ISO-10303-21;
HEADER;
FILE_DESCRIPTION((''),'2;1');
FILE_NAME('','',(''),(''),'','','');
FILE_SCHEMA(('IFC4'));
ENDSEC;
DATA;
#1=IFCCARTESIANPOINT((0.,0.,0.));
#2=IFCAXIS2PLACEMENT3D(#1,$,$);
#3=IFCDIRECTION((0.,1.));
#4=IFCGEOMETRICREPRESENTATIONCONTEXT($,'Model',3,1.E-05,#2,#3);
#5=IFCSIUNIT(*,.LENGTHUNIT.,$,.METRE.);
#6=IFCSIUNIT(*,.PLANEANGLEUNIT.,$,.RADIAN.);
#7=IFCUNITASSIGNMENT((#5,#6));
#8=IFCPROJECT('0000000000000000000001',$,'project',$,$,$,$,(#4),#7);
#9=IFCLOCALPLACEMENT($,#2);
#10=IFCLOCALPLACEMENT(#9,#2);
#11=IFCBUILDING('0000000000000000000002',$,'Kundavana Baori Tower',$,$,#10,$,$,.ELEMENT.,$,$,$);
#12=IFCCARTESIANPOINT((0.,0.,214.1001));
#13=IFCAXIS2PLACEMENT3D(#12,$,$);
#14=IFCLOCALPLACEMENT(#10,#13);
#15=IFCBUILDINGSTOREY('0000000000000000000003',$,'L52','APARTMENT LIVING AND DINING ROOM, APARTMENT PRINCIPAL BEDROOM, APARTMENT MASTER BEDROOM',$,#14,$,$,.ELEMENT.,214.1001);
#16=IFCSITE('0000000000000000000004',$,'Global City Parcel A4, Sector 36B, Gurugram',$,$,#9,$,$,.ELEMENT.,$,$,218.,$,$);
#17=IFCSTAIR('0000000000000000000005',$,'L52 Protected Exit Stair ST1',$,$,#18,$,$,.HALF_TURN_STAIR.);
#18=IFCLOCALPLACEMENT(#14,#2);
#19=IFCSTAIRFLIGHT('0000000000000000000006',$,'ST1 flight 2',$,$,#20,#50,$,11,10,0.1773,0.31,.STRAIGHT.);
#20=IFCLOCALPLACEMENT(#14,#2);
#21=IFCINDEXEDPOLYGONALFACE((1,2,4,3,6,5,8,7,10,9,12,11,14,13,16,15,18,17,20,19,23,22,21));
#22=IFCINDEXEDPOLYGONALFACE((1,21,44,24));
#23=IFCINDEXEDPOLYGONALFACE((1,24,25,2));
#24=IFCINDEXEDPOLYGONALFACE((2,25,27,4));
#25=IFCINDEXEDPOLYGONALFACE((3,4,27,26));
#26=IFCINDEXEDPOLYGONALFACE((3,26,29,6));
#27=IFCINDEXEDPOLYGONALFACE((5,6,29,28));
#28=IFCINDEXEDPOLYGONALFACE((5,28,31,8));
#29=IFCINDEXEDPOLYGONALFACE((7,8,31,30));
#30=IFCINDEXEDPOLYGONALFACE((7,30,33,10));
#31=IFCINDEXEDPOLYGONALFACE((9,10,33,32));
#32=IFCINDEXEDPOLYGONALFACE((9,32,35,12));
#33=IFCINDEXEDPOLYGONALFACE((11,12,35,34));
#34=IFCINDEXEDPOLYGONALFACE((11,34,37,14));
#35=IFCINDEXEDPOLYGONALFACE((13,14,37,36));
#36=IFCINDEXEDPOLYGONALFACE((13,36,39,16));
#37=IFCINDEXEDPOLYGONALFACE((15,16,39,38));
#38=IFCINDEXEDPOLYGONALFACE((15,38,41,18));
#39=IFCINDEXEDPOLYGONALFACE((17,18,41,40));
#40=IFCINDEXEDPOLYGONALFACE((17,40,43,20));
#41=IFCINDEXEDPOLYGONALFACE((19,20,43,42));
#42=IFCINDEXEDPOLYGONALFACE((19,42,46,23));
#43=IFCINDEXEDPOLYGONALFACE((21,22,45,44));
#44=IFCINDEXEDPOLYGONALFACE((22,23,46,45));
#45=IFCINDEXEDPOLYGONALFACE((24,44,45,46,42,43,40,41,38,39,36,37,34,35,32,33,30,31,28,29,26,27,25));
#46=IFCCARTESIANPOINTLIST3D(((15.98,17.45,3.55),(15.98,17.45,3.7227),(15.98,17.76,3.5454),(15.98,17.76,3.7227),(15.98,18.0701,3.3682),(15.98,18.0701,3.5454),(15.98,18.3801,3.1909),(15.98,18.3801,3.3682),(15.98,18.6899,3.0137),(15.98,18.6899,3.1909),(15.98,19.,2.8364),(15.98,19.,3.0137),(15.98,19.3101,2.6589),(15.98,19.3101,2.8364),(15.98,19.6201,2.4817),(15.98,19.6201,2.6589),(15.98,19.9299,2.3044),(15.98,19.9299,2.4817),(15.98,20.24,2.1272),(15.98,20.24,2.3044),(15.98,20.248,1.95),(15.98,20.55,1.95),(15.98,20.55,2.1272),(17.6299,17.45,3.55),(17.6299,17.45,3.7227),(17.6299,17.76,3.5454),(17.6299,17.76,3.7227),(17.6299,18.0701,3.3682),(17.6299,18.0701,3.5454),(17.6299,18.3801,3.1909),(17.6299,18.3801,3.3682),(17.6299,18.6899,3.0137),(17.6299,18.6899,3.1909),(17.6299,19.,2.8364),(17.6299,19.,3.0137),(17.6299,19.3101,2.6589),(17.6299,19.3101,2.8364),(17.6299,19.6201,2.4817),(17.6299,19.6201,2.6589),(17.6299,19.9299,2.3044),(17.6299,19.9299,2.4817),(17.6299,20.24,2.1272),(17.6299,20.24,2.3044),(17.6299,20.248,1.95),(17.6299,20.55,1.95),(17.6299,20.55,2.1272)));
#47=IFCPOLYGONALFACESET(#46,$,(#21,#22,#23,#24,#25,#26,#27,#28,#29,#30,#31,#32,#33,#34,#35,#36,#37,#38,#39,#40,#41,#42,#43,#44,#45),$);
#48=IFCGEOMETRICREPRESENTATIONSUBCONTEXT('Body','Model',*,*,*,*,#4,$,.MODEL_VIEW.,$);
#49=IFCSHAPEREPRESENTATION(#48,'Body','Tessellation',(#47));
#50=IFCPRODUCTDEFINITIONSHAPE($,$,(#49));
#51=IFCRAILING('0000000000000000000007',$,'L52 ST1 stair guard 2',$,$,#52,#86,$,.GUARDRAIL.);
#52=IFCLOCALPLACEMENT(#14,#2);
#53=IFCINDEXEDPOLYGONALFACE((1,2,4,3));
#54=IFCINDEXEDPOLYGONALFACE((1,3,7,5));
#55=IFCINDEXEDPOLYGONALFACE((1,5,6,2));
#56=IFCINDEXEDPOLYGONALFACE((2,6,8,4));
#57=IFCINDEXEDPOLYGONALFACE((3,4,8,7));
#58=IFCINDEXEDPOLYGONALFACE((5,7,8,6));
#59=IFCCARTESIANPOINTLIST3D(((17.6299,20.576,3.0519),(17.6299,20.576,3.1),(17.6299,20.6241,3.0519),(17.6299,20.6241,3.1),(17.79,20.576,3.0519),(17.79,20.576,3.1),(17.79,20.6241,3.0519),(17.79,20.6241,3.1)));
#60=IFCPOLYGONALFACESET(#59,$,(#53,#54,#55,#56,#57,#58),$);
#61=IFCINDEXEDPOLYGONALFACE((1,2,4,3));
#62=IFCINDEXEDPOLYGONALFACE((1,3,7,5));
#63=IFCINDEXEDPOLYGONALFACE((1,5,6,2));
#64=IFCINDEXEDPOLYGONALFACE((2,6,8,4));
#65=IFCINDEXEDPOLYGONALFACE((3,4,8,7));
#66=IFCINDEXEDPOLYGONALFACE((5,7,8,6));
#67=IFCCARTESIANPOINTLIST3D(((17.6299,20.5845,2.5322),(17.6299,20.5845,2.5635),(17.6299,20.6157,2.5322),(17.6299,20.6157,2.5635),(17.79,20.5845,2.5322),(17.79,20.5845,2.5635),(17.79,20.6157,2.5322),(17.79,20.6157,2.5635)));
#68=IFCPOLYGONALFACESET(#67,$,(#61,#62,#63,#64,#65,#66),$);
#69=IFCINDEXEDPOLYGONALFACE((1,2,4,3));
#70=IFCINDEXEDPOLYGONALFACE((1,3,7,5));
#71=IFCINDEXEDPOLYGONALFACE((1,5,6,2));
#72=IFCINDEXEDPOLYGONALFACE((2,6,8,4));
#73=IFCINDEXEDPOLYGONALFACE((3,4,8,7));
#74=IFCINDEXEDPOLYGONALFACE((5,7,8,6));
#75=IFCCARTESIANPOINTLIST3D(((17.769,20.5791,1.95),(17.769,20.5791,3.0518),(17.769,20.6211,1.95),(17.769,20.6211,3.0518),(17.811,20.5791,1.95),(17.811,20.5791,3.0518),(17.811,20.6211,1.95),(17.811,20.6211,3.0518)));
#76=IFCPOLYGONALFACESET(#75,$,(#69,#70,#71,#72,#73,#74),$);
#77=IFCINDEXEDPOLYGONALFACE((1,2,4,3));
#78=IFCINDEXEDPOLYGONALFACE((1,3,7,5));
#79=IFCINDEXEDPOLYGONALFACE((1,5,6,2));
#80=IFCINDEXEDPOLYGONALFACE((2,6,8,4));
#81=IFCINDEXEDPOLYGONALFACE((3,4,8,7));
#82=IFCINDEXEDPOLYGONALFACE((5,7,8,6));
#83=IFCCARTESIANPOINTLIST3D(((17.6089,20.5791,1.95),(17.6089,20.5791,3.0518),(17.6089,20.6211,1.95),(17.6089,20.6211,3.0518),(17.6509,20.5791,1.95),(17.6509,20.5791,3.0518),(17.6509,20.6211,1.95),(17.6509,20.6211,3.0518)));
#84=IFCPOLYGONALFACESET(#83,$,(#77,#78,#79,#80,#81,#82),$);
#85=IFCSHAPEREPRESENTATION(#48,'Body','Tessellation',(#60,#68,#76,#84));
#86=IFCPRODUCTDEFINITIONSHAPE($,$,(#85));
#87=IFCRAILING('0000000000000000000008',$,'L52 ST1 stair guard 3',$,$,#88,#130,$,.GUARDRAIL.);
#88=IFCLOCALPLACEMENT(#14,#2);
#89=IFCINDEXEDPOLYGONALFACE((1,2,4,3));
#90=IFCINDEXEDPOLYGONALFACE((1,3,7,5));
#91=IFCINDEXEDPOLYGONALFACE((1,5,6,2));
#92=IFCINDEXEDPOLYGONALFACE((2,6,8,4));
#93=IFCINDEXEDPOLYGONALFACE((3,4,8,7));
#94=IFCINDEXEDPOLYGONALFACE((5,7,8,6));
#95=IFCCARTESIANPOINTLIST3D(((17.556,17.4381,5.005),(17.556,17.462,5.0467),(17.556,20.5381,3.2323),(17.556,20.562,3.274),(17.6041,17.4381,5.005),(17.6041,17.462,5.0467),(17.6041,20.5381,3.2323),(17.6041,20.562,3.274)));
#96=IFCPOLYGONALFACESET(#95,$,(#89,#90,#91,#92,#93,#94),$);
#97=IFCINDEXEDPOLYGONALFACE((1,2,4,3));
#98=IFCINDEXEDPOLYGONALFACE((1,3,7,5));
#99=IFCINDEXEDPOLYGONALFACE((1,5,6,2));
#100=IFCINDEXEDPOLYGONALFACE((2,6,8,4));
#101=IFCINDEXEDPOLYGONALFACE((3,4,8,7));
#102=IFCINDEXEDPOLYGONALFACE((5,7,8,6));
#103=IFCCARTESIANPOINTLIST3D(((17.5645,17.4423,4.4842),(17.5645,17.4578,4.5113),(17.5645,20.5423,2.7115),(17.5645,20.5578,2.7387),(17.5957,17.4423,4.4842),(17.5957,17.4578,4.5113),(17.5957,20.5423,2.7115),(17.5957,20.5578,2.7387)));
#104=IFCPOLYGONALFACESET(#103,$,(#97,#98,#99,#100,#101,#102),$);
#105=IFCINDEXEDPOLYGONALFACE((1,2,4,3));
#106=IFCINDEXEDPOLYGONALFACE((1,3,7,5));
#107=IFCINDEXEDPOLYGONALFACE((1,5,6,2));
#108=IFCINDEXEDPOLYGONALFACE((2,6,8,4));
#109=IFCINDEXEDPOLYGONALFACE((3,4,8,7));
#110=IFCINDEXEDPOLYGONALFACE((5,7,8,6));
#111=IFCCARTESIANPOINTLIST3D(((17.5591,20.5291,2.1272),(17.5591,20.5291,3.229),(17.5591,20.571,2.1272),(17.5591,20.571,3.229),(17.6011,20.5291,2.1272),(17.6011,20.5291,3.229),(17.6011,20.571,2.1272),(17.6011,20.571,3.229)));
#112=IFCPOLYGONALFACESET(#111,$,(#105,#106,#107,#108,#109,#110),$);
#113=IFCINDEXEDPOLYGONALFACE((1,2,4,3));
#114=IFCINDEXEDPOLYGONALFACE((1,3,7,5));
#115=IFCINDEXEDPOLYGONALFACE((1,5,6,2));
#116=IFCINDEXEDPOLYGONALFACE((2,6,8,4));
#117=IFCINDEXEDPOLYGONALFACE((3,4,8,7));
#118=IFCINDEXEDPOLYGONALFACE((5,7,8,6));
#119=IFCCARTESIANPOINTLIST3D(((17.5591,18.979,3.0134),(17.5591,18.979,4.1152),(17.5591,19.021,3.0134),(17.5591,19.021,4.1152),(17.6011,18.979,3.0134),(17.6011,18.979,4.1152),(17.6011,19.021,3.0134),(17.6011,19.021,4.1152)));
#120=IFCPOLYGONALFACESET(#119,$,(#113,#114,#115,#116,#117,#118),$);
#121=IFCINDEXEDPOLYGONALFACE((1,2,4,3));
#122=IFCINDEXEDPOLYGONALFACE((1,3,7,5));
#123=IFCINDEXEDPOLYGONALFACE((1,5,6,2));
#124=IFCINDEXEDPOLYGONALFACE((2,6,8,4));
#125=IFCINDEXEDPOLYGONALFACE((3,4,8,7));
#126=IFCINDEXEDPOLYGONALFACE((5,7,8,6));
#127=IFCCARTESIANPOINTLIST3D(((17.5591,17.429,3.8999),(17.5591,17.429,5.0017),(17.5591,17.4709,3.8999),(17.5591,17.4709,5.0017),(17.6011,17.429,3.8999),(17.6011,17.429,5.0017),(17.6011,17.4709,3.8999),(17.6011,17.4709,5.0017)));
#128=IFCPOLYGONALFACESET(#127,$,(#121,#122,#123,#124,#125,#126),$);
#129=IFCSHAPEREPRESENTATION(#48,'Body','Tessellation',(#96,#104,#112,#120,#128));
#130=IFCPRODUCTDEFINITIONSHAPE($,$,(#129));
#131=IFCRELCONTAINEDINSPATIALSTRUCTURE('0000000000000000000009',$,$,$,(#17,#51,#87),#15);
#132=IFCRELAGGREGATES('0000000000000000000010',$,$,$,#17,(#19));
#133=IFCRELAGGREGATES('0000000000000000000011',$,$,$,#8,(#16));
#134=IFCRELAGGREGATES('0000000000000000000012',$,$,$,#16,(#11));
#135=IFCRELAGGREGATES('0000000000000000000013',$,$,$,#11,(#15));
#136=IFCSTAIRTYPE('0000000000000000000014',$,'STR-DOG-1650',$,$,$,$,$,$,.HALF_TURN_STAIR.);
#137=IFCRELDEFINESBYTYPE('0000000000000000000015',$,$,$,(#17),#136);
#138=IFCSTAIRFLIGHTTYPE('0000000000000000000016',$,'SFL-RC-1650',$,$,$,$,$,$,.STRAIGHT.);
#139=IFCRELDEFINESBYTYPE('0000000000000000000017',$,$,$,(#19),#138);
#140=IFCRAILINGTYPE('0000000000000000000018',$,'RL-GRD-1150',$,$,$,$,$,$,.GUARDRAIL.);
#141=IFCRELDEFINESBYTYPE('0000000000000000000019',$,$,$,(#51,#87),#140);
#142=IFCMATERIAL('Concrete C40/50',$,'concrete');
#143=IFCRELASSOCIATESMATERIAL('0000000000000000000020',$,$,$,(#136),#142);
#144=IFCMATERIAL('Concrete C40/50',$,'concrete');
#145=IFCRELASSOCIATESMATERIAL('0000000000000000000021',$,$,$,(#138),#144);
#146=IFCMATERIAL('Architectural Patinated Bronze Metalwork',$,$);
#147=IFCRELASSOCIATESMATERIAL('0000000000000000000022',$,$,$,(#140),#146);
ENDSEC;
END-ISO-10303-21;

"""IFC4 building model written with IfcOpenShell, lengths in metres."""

from ifc_helpers import new_model, si_unit, direction, frame, origin, origin_2d, place, context, subcontext, project, spatial, polyline, rectangle, outline, extrude, material, type_object, element, aggregate, save


model = new_model("IFC4")

# Units and contexts
model_context = context("Model", 3, precision=1e-05, world=origin(), true_north=direction((0.0, 1.0)))
body_context = subcontext(model_context, "Body", "Model", "MODEL_VIEW")
ifc_project = project(units=[si_unit("LENGTHUNIT", "METRE"), si_unit("PLANEANGLEUNIT", "RADIAN")], contexts=[model_context])

# Site, building, storey
site_placement = place(None, origin())
site = spatial("IfcSite", under=ifc_project, at=site_placement, Name="Global City Parcel A4, Sector 36B, Gurugram", CompositionType="ELEMENT", RefElevation=218.0)
building_placement = place(site_placement, origin())
building = spatial("IfcBuilding", under=site, at=building_placement, Name="Kundavana Baori Tower", CompositionType="ELEMENT")
storey_placement = place(building_placement, frame((0.0, 0.0, 214.1001)))
storey = spatial("IfcBuildingStorey", under=building, at=storey_placement, Name="L52", Description="APARTMENT LIVING AND DINING ROOM, APARTMENT PRINCIPAL BEDROOM, APARTMENT MASTER BEDROOM", CompositionType="ELEMENT", Elevation=214.1001)

# Stair, stair flight
ifc_material_1 = material(Name="Concrete C40/50", Category="concrete")
stair_type = type_object("IfcStairType", Name="STR-DOG-1650", PredefinedType="HALF_TURN_STAIR", material=ifc_material_1)
stair_placement = place(storey_placement, origin())
stair = element("IfcStair", 1, at=stair_placement, inside=storey, type_object=stair_type, Name="L52 Protected Exit Stair ST1", PredefinedType="HALF_TURN_STAIR")
ifc_material_2 = material(Name="Concrete C40/50", Category="concrete")
stair_flight_type = type_object("IfcStairFlightType", Name="SFL-RC-1650", PredefinedType="STRAIGHT", material=ifc_material_2)
stair_flight_placement = place(storey_placement, frame((16.8049, 20.55, 1.95), z_axis=(0.0, 0.0, 1.0), x_axis=(0.0, -1.0, 0.0)))
stair_flight = element("IfcStairFlight", 2, at=stair_flight_placement, type_object=stair_flight_type, Name="ST1 flight 2", NumberOfRisers=11, NumberOfTreads=10, PredefinedType="STRAIGHT", RiserHeight=0.1773, TreadLength=0.31, context=body_context, shape_type="SweptSolid", body=[
    extrude(outline(polyline([(0.0, 0.0), (0.0, 0.1772), (0.3101, 0.1772), (0.3101, 0.3545), (0.6201, 0.3545), (0.6201, 0.5317), (0.9299, 0.5317), (0.9299, 0.709), (1.24, 0.709), (1.24, 0.8865), (1.55, 0.8865), (1.55, 1.0637), (1.8601, 1.0637), (1.8601, 1.241), (2.1699, 1.241), (2.1699, 1.4182), (2.48, 1.4182), (2.48, 1.5955), (2.79, 1.5955), (2.79, 1.7727), (3.1001, 1.7727), (3.1001, 1.95), (3.1001, 1.6001), (0.302, 0.0), (0.0, 0.0)])), frame((0.0, 0.825, 0.0), z_axis=(0.0, -1.0, 0.0), x_axis=(1.0, 0.0, 0.0)), (0.0, 0.0, 1.0), 1.6499),
])
aggregate(stair, [stair_flight])

# Railings
ifc_material_3 = material(Name="Architectural Patinated Bronze Metalwork")
railing_type = type_object("IfcRailingType", Name="RL-GRD-1150", PredefinedType="GUARDRAIL", material=ifc_material_3)
railing_1_placement = place(storey_placement, frame((17.79, 20.6001, 1.95)))
element("IfcRailing", 3, at=railing_1_placement, inside=storey, type_object=railing_type, Name="L52 ST1 stair guard 2", PredefinedType="GUARDRAIL", context=body_context, shape_type="SweptSolid", body=[
    extrude(rectangle(XDim=0.0481, YDim=0.0481, at=origin_2d()), frame((0.0, 0.0, 1.126), z_axis=(-1.0, 0.0, 0.0), x_axis=(0.0, -1.0, 0.0)), (0.0, 0.0, 1.0), 0.1602),
    extrude(rectangle(XDim=0.0312, YDim=0.0312, at=origin_2d()), frame((0.0, 0.0, 0.5979), z_axis=(-1.0, 0.0, 0.0), x_axis=(0.0, -1.0, 0.0)), (0.0, 0.0, 1.0), 0.1602),
    extrude(rectangle(XDim=0.042, YDim=0.042, at=origin_2d()), origin(), (0.0, 0.0, 1.0), 1.1018),
    extrude(rectangle(XDim=0.042, YDim=0.042, at=origin_2d()), frame((-0.1602, 0.0, 0.0)), (0.0, 0.0, 1.0), 1.1018),
])
railing_2_placement = place(storey_placement, frame((17.5801, 20.55, 2.1272)))
element("IfcRailing", 4, at=railing_2_placement, inside=storey, type_object=railing_type, Name="L52 ST1 stair guard 3", PredefinedType="GUARDRAIL", context=body_context, shape_type="SweptSolid", body=[
    extrude(rectangle(XDim=0.0481, YDim=0.0481, at=origin_2d()), frame((0.0, 0.0, 1.126), z_axis=(0.0, -0.868096, 0.496397), x_axis=(1.0, 0.0, 0.0)), (0.0, 0.0, 1.0), 3.571),
    extrude(rectangle(XDim=0.0312, YDim=0.0312, at=origin_2d()), frame((0.0, 0.0, 0.5979), z_axis=(0.0, -0.868096, 0.496397), x_axis=(1.0, 0.0, 0.0)), (0.0, 0.0, 1.0), 3.571),
    extrude(rectangle(XDim=0.042, YDim=0.042, at=origin_2d()), origin(), (0.0, 0.0, 1.0), 1.1018),
    extrude(rectangle(XDim=0.042, YDim=0.042, at=origin_2d()), frame((0.0, -1.55, 0.8862)), (0.0, 0.0, 1.0), 1.1018),
    extrude(rectangle(XDim=0.042, YDim=0.042, at=origin_2d()), frame((0.0, -3.1001, 1.7727)), (0.0, 0.0, 1.0), 1.1018),
])

save(model, "model.ifc")
